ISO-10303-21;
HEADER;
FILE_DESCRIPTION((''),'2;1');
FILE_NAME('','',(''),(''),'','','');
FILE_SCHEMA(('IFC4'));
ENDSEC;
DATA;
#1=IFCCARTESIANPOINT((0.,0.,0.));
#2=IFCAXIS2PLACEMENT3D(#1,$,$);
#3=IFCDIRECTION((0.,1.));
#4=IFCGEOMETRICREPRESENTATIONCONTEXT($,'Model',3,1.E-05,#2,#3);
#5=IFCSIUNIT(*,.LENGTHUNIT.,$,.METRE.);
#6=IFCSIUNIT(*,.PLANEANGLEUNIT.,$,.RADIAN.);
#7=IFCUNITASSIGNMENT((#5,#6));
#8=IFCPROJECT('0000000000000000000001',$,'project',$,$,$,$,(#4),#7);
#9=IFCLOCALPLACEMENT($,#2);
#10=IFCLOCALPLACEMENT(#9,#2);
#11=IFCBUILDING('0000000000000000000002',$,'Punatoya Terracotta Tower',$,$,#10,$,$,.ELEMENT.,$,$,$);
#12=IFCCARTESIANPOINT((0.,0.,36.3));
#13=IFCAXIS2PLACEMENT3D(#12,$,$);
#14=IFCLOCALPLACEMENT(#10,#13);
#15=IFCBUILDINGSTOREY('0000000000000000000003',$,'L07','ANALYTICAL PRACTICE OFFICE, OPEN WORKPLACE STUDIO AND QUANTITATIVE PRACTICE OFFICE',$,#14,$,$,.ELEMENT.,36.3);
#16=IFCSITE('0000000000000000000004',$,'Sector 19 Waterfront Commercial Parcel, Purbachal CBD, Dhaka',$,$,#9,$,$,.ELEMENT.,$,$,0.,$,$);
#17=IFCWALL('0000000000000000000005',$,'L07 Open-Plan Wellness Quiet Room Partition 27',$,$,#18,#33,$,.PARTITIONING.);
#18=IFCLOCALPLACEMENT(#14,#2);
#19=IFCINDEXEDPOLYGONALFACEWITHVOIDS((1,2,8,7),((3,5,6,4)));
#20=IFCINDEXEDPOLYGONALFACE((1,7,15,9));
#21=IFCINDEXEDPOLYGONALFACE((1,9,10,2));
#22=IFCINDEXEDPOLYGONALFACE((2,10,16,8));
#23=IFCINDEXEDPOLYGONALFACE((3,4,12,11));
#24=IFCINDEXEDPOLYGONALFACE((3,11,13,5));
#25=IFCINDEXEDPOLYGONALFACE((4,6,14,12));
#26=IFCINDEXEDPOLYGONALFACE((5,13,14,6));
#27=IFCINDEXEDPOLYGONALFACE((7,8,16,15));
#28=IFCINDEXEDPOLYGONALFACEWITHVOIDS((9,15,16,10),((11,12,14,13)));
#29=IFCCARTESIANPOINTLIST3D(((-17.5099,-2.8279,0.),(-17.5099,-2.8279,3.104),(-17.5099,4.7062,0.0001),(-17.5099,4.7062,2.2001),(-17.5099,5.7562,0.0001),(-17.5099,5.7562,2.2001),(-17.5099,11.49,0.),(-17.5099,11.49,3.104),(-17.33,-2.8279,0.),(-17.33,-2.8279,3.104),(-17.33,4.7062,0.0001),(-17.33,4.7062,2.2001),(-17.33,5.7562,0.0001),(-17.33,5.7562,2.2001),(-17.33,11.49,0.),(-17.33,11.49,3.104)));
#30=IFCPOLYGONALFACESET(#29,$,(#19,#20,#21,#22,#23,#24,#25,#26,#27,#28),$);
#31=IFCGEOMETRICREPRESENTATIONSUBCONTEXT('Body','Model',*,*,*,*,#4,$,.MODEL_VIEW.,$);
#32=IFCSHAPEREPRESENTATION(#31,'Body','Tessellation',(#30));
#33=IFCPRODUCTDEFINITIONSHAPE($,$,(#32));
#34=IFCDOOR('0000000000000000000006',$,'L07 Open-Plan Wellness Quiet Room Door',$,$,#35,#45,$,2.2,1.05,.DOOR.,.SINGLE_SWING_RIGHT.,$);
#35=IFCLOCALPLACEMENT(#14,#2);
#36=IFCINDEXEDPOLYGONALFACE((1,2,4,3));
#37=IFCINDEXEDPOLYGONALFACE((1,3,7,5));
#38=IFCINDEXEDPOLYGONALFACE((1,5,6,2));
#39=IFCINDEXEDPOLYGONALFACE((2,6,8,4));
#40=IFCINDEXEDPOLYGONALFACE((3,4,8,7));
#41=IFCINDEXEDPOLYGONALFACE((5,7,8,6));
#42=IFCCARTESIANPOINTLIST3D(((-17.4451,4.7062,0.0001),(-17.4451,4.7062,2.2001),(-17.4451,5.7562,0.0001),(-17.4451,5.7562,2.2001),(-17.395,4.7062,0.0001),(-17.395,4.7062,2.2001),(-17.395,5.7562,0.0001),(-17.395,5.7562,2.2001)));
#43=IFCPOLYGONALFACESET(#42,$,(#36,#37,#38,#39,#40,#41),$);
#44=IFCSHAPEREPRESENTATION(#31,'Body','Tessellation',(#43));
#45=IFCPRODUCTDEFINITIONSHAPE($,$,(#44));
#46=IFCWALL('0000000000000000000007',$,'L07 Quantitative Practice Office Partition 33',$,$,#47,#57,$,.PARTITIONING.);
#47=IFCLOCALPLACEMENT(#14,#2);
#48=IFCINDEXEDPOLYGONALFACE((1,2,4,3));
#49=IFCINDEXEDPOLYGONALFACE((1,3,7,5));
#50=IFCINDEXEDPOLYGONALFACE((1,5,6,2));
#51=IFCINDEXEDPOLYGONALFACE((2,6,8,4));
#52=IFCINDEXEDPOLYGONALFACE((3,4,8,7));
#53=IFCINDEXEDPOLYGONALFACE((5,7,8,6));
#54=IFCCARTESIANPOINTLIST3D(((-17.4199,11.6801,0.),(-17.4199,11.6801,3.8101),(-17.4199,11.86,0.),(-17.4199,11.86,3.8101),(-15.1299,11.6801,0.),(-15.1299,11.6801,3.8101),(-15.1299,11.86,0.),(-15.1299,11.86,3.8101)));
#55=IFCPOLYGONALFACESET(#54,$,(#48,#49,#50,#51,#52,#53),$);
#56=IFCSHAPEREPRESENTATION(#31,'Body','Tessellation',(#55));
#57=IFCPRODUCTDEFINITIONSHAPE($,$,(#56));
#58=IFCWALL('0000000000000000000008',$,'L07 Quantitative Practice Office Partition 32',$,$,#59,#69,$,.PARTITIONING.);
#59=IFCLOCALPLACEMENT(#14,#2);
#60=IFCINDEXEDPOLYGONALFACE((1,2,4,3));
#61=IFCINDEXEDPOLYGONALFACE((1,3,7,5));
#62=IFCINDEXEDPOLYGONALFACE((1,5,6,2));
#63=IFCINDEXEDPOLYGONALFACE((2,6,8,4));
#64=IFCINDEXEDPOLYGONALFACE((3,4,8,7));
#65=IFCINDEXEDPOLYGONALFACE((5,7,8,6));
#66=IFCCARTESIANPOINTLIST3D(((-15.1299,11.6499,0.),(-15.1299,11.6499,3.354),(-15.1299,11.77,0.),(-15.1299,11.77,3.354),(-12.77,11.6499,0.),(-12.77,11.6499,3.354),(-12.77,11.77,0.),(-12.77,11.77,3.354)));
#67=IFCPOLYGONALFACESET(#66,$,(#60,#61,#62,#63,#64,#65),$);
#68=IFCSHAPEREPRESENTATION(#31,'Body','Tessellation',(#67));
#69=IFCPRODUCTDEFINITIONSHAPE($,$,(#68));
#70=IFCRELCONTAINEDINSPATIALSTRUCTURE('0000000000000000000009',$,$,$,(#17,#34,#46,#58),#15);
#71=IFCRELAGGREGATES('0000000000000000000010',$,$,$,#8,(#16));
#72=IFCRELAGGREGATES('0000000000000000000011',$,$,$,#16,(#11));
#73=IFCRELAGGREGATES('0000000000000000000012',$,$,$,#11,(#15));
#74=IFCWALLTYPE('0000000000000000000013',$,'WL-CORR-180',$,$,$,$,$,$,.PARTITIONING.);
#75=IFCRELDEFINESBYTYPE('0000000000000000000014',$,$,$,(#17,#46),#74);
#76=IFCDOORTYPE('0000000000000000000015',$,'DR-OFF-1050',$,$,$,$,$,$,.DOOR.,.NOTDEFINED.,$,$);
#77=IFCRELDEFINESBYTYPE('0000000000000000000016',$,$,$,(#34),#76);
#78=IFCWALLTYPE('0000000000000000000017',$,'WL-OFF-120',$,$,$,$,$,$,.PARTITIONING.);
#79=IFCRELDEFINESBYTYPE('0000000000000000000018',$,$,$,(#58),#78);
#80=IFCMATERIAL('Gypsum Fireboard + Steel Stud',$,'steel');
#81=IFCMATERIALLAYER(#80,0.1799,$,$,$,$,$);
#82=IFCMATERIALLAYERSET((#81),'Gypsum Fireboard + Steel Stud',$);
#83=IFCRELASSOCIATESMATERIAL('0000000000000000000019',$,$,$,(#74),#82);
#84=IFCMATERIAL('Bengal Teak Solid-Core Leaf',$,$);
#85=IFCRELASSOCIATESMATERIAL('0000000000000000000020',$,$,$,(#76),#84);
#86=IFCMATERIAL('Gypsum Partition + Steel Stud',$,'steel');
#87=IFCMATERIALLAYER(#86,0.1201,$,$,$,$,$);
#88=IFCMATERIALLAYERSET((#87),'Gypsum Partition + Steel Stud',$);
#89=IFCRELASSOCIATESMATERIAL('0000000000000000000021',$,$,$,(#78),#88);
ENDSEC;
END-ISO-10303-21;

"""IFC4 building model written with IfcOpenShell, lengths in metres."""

from ifc_helpers import new_model, si_unit, direction, frame, frame_2d, origin, place, context, subcontext, project, spatial, rectangle, extrude, material, layer, layer_set, type_object, element, fill, save


model = new_model("IFC4")

# Units and contexts
model_context = context("Model", 3, precision=1e-05, world=origin(), true_north=direction((0.0, 1.0)))
body_context = subcontext(model_context, "Body", "Model", "MODEL_VIEW")
ifc_project = project(units=[si_unit("LENGTHUNIT", "METRE"), si_unit("PLANEANGLEUNIT", "RADIAN")], contexts=[model_context])

# Site, building, storey
site_placement = place(None, origin())
site = spatial("IfcSite", under=ifc_project, at=site_placement, Name="Sector 19 Waterfront Commercial Parcel, Purbachal CBD, Dhaka", CompositionType="ELEMENT", RefElevation=0.0)
building_placement = place(site_placement, origin())
building = spatial("IfcBuilding", under=site, at=building_placement, Name="Punatoya Terracotta Tower", CompositionType="ELEMENT")
storey_placement = place(building_placement, frame((0.0, 0.0, 36.3)))
storey = spatial("IfcBuildingStorey", under=building, at=storey_placement, Name="L07", Description="ANALYTICAL PRACTICE OFFICE, OPEN WORKPLACE STUDIO AND QUANTITATIVE PRACTICE OFFICE", CompositionType="ELEMENT", Elevation=36.3)

# Wall, opening, door
ifc_material_1 = material(Name="Gypsum Fireboard + Steel Stud", Category="steel")
ifc_layer_1 = layer(ifc_material_1, 0.1799)
ifc_layer_set_1 = layer_set([ifc_layer_1], Name="Gypsum Fireboard + Steel Stud")
wall_type_1 = type_object("IfcWallType", Name="WL-CORR-180", PredefinedType="PARTITIONING", material=ifc_layer_set_1)
wall_1_placement = place(storey_placement, frame((-17.4199, 11.49, 0.0), z_axis=(0.0, 0.0, 1.0), x_axis=(0.0, -1.0, 0.0)))
wall_1 = element("IfcWall", 1, at=wall_1_placement, inside=storey, type_object=wall_type_1, Name="L07 Open-Plan Wellness Quiet Room Partition 27", PredefinedType="PARTITIONING", context=body_context, shape_type="SweptSolid", body=[
    extrude(rectangle(XDim=14.3179, YDim=0.1799, at=frame_2d((7.1589, 0.0))), origin(), (0.0, 0.0, 1.0), 3.104),
])
opening_placement = place(wall_1_placement, frame((5.7339, 0.0, 0.0)))
opening = element("IfcOpeningElement", 2, at=opening_placement, cuts=wall_1, PredefinedType="OPENING", context=body_context, shape_type="SweptSolid", body=[
    extrude(rectangle(XDim=1.05, YDim=2.2, at=frame_2d((0.5249, 1.1001))), frame((0.0, 0.0999, 0.0), z_axis=(0.0, -1.0, 0.0), x_axis=(1.0, 0.0, 0.0)), (0.0, 0.0, 1.0), 0.2),
])
ifc_material_2 = material(Name="Bengal Teak Solid-Core Leaf")
door_type = type_object("IfcDoorType", Name="DR-OFF-1050", OperationType="NOTDEFINED", PredefinedType="DOOR", material=ifc_material_2)
door_placement = place(opening_placement, origin())
door = element("IfcDoor", 3, at=door_placement, inside=storey, type_object=door_type, Name="L07 Open-Plan Wellness Quiet Room Door", OperationType="SINGLE_SWING_RIGHT", OverallHeight=2.2, OverallWidth=1.05, PredefinedType="DOOR", context=body_context, shape_type="SweptSolid", body=[
    extrude(rectangle(XDim=1.05, YDim=2.2, at=frame_2d((0.5249, 1.1001))), frame((0.0, 0.0249, 0.0), z_axis=(0.0, -1.0, 0.0), x_axis=(1.0, 0.0, 0.0)), (0.0, 0.0, 1.0), 0.05),
])
fill(opening, door)

# Walls
wall_2_placement = place(storey_placement, frame((-15.1299, 11.77, 0.0), z_axis=(0.0, 0.0, 1.0), x_axis=(-1.0, 0.0, 0.0)))
element("IfcWall", 4, at=wall_2_placement, inside=storey, type_object=wall_type_1, Name="L07 Quantitative Practice Office Partition 33", PredefinedType="PARTITIONING", context=body_context, shape_type="SweptSolid", body=[
    extrude(rectangle(XDim=2.29, YDim=0.1799, at=frame_2d((1.145, 0.0))), origin(), (0.0, 0.0, 1.0), 3.8101),
])
ifc_material_3 = material(Name="Gypsum Partition + Steel Stud", Category="steel")
ifc_layer_2 = layer(ifc_material_3, 0.1201)
ifc_layer_set_2 = layer_set([ifc_layer_2], Name="Gypsum Partition + Steel Stud")
wall_type_2 = type_object("IfcWallType", Name="WL-OFF-120", PredefinedType="PARTITIONING", material=ifc_layer_set_2)
wall_3_placement = place(storey_placement, frame((-12.77, 11.71, 0.0), z_axis=(0.0, 0.0, 1.0), x_axis=(-1.0, 0.0, 0.0)))
element("IfcWall", 5, at=wall_3_placement, inside=storey, type_object=wall_type_2, Name="L07 Quantitative Practice Office Partition 32", PredefinedType="PARTITIONING", context=body_context, shape_type="SweptSolid", body=[
    extrude(rectangle(XDim=2.3599, YDim=0.1201, at=frame_2d((1.1799, 0.0))), origin(), (0.0, 0.0, 1.0), 3.354),
])

save(model, "model.ifc")
